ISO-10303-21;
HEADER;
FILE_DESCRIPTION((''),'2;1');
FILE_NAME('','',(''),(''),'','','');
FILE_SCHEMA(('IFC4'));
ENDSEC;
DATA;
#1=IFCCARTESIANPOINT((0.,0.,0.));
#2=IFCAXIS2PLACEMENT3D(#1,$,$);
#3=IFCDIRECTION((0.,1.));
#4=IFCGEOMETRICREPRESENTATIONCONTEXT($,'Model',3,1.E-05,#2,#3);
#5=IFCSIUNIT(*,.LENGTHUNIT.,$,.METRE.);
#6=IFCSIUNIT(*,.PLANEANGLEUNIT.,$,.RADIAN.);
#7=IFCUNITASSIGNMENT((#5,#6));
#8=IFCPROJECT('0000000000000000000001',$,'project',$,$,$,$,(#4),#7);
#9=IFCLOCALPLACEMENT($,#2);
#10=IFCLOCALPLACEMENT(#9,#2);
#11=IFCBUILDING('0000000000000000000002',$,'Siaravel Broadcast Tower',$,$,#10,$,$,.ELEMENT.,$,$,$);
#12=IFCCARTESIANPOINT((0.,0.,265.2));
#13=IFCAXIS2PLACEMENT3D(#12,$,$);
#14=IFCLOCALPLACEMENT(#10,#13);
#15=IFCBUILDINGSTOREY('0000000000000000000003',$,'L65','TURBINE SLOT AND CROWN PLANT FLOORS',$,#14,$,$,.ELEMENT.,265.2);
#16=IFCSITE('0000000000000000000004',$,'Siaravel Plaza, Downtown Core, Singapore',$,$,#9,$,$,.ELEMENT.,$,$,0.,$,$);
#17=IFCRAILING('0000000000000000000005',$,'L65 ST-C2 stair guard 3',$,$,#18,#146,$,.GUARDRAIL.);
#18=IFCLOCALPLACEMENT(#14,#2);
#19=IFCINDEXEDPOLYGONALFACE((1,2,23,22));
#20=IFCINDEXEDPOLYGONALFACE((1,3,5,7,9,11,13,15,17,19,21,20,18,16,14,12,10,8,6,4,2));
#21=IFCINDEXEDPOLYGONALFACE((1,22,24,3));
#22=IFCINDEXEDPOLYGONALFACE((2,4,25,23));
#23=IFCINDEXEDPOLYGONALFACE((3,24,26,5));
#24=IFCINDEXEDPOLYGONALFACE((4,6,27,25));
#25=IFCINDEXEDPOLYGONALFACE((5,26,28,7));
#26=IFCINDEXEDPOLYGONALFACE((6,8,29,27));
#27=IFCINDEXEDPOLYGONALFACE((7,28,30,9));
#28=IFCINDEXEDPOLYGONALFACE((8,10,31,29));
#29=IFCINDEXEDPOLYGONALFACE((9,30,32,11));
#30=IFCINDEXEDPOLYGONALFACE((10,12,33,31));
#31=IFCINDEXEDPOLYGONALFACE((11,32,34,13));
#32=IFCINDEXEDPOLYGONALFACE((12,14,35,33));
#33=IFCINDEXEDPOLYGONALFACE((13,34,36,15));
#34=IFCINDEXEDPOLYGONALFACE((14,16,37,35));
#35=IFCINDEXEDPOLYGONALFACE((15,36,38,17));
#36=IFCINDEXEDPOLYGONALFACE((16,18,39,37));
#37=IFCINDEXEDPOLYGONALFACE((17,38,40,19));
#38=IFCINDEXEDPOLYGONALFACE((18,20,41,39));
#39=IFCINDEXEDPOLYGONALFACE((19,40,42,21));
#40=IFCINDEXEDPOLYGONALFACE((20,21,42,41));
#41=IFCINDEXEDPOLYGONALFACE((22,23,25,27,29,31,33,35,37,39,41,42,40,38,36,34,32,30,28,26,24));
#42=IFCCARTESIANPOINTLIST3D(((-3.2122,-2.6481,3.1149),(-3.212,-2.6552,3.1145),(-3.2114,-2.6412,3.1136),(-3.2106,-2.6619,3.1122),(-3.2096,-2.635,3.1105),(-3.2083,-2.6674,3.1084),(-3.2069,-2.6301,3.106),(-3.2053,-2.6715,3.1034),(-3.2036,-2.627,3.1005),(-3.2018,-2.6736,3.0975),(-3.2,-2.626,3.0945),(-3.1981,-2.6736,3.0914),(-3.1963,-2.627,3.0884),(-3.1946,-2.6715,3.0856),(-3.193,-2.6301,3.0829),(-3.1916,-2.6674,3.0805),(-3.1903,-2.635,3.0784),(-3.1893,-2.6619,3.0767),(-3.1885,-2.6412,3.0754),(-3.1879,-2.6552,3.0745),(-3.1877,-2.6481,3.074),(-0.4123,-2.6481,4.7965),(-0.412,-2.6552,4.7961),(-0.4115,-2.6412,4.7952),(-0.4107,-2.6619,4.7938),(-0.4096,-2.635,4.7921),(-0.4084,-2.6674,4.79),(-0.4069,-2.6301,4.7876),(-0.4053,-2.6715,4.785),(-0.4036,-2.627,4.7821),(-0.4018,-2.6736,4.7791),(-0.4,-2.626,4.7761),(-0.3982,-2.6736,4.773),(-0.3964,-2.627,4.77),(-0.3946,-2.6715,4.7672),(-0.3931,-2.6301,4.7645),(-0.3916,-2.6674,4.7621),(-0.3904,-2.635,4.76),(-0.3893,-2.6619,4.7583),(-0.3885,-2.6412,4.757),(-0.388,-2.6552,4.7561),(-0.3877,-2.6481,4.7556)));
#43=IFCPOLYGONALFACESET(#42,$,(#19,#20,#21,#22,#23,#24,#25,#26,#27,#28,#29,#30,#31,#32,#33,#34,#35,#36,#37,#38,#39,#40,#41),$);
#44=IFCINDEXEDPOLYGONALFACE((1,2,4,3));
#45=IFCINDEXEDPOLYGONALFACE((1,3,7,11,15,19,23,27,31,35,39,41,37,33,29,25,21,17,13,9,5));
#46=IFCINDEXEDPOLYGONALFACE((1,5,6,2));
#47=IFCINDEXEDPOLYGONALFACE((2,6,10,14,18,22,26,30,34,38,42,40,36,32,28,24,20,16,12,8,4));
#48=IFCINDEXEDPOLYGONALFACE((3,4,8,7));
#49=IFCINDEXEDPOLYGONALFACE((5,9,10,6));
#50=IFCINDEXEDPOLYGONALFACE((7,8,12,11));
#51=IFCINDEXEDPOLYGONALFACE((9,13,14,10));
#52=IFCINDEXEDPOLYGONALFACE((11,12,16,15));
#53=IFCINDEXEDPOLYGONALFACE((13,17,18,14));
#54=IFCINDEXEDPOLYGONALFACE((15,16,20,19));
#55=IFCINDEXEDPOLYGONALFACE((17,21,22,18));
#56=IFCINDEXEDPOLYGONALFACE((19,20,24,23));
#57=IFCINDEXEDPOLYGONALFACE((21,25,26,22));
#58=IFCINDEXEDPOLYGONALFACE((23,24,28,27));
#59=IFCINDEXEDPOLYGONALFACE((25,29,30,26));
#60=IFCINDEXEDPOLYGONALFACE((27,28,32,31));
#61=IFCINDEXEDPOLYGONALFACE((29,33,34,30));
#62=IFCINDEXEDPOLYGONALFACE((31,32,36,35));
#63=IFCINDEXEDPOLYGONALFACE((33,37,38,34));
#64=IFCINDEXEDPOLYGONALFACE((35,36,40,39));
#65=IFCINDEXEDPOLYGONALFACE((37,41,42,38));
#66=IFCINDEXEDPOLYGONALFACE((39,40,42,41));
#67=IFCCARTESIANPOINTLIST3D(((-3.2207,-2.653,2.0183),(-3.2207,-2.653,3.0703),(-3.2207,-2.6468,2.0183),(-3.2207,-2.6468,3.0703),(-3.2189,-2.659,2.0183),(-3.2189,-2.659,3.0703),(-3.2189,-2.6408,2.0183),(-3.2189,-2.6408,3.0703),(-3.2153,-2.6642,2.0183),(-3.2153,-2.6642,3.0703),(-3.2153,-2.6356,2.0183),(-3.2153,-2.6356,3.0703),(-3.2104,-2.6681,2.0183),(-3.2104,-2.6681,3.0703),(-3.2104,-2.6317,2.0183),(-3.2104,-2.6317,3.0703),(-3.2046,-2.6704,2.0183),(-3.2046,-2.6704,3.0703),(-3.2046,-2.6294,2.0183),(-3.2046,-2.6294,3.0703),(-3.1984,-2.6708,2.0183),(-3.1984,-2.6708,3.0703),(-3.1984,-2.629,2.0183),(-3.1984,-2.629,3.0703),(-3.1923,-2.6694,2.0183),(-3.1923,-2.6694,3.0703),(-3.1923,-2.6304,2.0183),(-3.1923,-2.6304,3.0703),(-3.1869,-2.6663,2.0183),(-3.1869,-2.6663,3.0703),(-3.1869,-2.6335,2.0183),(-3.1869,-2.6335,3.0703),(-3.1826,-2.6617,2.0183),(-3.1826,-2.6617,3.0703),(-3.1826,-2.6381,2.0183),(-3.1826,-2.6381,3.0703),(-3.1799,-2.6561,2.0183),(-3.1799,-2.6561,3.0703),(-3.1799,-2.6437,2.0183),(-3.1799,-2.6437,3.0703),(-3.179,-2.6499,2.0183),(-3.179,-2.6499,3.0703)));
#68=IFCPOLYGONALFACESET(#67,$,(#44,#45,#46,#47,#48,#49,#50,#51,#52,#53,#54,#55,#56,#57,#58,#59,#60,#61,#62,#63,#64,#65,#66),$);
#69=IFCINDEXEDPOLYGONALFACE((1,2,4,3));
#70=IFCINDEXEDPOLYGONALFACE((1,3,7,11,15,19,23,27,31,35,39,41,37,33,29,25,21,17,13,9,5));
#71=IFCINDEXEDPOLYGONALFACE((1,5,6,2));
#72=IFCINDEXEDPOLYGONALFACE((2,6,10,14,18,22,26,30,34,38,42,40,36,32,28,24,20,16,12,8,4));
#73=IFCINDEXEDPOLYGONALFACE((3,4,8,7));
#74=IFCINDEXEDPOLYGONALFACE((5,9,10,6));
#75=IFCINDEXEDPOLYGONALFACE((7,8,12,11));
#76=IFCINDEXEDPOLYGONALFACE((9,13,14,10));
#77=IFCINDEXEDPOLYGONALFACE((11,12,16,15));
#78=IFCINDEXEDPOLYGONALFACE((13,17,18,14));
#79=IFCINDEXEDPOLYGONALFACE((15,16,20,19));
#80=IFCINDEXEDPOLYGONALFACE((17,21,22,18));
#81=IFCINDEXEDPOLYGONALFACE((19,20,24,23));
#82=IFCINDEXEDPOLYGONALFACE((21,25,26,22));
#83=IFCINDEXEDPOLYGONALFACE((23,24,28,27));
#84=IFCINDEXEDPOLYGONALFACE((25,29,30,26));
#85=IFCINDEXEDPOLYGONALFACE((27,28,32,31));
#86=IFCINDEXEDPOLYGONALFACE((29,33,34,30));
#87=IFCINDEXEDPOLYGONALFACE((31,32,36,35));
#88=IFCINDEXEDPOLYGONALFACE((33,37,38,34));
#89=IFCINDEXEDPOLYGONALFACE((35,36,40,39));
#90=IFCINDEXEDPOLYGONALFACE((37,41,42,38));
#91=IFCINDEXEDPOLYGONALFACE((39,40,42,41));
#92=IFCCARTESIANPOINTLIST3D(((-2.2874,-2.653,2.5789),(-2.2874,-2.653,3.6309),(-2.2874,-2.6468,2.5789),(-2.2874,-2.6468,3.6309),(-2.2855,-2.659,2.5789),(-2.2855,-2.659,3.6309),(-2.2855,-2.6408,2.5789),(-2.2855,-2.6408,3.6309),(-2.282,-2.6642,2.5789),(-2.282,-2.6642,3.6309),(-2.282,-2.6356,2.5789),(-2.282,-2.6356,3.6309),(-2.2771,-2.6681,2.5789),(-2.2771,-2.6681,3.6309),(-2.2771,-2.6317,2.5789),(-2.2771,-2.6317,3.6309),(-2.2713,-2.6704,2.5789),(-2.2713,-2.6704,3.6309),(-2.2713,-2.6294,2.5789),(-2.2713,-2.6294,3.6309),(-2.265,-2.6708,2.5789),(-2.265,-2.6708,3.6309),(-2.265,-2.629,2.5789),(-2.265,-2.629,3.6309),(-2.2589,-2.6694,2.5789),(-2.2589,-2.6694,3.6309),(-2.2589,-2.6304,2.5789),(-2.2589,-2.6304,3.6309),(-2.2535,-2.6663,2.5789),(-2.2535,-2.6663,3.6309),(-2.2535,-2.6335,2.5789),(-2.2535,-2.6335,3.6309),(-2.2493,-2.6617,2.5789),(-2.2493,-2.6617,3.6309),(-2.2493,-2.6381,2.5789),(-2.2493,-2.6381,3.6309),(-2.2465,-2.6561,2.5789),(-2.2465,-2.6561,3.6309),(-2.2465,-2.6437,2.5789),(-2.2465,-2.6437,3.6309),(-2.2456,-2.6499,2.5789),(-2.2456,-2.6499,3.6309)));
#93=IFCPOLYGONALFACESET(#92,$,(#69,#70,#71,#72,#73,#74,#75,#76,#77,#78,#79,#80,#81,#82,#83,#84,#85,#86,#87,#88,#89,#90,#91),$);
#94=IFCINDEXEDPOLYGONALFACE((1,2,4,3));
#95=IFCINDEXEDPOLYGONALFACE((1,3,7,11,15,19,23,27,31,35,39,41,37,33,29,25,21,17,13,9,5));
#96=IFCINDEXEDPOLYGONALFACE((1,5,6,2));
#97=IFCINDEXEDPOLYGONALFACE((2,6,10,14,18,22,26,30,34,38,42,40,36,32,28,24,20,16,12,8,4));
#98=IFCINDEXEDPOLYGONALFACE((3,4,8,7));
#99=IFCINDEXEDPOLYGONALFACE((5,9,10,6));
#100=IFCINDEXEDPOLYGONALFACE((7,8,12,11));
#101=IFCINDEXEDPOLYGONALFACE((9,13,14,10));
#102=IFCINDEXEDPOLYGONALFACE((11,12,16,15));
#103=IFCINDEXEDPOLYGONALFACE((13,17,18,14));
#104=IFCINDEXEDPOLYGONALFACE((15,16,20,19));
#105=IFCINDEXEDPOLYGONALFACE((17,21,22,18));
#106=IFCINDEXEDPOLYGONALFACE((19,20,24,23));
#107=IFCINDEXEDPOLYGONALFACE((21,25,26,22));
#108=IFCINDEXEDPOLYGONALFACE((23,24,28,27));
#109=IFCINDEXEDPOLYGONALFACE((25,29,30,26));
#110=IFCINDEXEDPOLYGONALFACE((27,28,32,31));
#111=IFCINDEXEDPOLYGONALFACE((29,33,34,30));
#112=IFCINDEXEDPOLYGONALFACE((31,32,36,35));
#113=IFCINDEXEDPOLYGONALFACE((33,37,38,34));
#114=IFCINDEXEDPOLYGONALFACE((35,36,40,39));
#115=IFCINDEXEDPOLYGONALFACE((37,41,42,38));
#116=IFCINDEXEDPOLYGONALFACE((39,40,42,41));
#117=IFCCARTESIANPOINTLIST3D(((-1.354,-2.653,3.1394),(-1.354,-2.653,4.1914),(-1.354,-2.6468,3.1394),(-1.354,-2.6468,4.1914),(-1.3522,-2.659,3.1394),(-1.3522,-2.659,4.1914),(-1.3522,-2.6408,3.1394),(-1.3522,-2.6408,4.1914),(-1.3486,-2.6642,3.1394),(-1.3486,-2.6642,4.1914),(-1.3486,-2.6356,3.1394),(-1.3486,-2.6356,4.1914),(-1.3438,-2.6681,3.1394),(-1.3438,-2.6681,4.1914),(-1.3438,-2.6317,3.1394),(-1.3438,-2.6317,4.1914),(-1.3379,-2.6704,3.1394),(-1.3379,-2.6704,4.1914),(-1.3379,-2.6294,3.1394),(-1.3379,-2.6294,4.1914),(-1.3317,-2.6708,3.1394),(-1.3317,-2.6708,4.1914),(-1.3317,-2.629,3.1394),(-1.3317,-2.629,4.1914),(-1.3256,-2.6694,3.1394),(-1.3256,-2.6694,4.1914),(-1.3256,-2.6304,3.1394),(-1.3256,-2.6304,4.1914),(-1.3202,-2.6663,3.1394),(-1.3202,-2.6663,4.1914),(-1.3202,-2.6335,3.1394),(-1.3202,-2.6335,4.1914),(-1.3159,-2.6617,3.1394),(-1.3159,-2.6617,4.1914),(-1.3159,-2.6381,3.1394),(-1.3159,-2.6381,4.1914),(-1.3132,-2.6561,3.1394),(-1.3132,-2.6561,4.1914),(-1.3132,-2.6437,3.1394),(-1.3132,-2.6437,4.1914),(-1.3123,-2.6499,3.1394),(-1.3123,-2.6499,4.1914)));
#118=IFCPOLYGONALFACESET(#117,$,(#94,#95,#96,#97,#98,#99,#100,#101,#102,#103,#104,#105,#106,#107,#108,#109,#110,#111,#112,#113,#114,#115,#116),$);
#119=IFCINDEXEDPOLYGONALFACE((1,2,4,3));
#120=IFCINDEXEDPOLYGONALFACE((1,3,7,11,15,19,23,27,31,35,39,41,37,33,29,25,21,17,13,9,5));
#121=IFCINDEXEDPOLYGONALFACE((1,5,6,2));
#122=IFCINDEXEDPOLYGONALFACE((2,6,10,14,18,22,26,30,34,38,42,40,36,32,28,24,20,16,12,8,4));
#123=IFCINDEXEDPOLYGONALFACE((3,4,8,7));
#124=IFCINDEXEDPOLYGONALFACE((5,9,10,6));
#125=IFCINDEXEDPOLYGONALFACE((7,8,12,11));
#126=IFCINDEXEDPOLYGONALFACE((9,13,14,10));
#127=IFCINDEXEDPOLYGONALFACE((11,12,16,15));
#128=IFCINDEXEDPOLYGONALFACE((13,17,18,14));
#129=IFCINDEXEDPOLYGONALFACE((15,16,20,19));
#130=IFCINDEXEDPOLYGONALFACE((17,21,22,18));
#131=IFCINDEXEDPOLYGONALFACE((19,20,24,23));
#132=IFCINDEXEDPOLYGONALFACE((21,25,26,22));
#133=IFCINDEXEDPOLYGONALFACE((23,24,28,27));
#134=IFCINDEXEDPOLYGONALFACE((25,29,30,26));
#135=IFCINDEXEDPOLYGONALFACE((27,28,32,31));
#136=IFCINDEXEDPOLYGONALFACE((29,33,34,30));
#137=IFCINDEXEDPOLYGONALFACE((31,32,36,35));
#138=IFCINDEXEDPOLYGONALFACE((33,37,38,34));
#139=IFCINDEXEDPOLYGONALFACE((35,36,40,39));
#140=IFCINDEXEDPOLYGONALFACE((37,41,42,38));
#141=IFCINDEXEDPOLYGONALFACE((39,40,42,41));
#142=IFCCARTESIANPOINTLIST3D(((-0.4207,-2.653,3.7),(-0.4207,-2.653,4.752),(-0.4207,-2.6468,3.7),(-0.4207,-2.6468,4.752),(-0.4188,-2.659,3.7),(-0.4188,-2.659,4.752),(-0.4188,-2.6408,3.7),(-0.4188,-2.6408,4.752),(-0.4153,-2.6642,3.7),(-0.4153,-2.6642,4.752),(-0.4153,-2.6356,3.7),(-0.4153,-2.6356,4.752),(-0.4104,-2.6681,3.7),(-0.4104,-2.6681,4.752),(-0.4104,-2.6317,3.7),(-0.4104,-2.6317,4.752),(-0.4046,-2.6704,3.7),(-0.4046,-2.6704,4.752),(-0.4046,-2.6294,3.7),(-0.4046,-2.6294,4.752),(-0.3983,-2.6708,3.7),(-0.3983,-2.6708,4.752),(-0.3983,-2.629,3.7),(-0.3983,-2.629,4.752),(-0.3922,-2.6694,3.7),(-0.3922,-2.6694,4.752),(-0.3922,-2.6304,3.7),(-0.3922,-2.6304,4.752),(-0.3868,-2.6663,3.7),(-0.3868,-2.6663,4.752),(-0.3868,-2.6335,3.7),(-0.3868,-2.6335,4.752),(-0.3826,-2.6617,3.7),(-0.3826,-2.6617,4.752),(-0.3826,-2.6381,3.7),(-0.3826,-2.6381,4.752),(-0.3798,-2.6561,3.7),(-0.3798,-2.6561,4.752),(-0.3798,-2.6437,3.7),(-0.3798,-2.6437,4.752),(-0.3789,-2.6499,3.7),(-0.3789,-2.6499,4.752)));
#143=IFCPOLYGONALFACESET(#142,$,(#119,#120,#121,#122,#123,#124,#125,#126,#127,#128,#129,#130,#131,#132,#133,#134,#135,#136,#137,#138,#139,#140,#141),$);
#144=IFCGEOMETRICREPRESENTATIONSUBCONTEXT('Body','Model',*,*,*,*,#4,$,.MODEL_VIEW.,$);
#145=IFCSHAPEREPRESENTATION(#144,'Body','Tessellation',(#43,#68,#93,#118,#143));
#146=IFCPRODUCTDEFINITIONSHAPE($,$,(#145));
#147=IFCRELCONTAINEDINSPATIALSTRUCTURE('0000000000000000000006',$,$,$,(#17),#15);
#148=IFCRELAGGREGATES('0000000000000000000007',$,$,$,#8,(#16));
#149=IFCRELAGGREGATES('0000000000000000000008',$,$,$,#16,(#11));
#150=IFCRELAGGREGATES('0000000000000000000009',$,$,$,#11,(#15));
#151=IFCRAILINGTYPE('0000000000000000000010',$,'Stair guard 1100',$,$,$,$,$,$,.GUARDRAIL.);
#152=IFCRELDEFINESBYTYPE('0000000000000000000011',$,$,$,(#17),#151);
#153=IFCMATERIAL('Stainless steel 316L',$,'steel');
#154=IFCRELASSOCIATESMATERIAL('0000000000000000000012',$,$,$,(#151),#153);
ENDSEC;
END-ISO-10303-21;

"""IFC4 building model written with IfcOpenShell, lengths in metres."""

from ifc_helpers import new_model, si_unit, direction, frame, origin, origin_2d, place, context, subcontext, project, spatial, circle, extrude, material, type_object, element, save


model = new_model("IFC4")

# Units and contexts
model_context = context("Model", 3, precision=1e-05, world=origin(), true_north=direction((0.0, 1.0)))
body_context = subcontext(model_context, "Body", "Model", "MODEL_VIEW")
ifc_project = project(units=[si_unit("LENGTHUNIT", "METRE"), si_unit("PLANEANGLEUNIT", "RADIAN")], contexts=[model_context])

# Site, building, storey
site_placement = place(None, origin())
site = spatial("IfcSite", under=ifc_project, at=site_placement, Name="Siaravel Plaza, Downtown Core, Singapore", CompositionType="ELEMENT", RefElevation=0.0)
building_placement = place(site_placement, origin())
building = spatial("IfcBuilding", under=site, at=building_placement, Name="Siaravel Broadcast Tower", CompositionType="ELEMENT")
storey_placement = place(building_placement, frame((0.0, 0.0, 265.2)))
storey = spatial("IfcBuildingStorey", under=building, at=storey_placement, Name="L65", Description="TURBINE SLOT AND CROWN PLANT FLOORS", CompositionType="ELEMENT", Elevation=265.2)

# Railing
ifc_material_1 = material(Name="Stainless steel 316L", Category="steel")
railing_type_1 = type_object("IfcRailingType", Name="Stair guard 1100", PredefinedType="GUARDRAIL", material=ifc_material_1)
railing_1_placement = place(storey_placement, frame((-3.2, -2.6499, 2.0183)))
element("IfcRailing", 1, at=railing_1_placement, inside=storey, type_object=railing_type_1, Name="L65 ST-C2 stair guard 3", PredefinedType="GUARDRAIL", context=body_context, shape_type="SweptSolid", body=[
    extrude(circle(Radius=0.0239, at=origin_2d()), frame((0.0, 0.0, 1.0762), z_axis=(0.857275, 0.0, 0.514858), x_axis=(0.0, 1.0, 0.0)), (0.0, 0.0, 1.0), 3.2661),
    extrude(circle(Radius=0.021, at=origin_2d()), origin(), (0.0, 0.0, 1.0), 1.052),
    extrude(circle(Radius=0.021, at=origin_2d()), frame((0.9333, 0.0, 0.5605)), (0.0, 0.0, 1.0), 1.052),
    extrude(circle(Radius=0.021, at=origin_2d()), frame((1.8667, 0.0, 1.1211)), (0.0, 0.0, 1.0), 1.052),
    extrude(circle(Radius=0.021, at=origin_2d()), frame((2.8, 0.0, 1.6816)), (0.0, 0.0, 1.0), 1.052),
])

save(model, "model.ifc")
